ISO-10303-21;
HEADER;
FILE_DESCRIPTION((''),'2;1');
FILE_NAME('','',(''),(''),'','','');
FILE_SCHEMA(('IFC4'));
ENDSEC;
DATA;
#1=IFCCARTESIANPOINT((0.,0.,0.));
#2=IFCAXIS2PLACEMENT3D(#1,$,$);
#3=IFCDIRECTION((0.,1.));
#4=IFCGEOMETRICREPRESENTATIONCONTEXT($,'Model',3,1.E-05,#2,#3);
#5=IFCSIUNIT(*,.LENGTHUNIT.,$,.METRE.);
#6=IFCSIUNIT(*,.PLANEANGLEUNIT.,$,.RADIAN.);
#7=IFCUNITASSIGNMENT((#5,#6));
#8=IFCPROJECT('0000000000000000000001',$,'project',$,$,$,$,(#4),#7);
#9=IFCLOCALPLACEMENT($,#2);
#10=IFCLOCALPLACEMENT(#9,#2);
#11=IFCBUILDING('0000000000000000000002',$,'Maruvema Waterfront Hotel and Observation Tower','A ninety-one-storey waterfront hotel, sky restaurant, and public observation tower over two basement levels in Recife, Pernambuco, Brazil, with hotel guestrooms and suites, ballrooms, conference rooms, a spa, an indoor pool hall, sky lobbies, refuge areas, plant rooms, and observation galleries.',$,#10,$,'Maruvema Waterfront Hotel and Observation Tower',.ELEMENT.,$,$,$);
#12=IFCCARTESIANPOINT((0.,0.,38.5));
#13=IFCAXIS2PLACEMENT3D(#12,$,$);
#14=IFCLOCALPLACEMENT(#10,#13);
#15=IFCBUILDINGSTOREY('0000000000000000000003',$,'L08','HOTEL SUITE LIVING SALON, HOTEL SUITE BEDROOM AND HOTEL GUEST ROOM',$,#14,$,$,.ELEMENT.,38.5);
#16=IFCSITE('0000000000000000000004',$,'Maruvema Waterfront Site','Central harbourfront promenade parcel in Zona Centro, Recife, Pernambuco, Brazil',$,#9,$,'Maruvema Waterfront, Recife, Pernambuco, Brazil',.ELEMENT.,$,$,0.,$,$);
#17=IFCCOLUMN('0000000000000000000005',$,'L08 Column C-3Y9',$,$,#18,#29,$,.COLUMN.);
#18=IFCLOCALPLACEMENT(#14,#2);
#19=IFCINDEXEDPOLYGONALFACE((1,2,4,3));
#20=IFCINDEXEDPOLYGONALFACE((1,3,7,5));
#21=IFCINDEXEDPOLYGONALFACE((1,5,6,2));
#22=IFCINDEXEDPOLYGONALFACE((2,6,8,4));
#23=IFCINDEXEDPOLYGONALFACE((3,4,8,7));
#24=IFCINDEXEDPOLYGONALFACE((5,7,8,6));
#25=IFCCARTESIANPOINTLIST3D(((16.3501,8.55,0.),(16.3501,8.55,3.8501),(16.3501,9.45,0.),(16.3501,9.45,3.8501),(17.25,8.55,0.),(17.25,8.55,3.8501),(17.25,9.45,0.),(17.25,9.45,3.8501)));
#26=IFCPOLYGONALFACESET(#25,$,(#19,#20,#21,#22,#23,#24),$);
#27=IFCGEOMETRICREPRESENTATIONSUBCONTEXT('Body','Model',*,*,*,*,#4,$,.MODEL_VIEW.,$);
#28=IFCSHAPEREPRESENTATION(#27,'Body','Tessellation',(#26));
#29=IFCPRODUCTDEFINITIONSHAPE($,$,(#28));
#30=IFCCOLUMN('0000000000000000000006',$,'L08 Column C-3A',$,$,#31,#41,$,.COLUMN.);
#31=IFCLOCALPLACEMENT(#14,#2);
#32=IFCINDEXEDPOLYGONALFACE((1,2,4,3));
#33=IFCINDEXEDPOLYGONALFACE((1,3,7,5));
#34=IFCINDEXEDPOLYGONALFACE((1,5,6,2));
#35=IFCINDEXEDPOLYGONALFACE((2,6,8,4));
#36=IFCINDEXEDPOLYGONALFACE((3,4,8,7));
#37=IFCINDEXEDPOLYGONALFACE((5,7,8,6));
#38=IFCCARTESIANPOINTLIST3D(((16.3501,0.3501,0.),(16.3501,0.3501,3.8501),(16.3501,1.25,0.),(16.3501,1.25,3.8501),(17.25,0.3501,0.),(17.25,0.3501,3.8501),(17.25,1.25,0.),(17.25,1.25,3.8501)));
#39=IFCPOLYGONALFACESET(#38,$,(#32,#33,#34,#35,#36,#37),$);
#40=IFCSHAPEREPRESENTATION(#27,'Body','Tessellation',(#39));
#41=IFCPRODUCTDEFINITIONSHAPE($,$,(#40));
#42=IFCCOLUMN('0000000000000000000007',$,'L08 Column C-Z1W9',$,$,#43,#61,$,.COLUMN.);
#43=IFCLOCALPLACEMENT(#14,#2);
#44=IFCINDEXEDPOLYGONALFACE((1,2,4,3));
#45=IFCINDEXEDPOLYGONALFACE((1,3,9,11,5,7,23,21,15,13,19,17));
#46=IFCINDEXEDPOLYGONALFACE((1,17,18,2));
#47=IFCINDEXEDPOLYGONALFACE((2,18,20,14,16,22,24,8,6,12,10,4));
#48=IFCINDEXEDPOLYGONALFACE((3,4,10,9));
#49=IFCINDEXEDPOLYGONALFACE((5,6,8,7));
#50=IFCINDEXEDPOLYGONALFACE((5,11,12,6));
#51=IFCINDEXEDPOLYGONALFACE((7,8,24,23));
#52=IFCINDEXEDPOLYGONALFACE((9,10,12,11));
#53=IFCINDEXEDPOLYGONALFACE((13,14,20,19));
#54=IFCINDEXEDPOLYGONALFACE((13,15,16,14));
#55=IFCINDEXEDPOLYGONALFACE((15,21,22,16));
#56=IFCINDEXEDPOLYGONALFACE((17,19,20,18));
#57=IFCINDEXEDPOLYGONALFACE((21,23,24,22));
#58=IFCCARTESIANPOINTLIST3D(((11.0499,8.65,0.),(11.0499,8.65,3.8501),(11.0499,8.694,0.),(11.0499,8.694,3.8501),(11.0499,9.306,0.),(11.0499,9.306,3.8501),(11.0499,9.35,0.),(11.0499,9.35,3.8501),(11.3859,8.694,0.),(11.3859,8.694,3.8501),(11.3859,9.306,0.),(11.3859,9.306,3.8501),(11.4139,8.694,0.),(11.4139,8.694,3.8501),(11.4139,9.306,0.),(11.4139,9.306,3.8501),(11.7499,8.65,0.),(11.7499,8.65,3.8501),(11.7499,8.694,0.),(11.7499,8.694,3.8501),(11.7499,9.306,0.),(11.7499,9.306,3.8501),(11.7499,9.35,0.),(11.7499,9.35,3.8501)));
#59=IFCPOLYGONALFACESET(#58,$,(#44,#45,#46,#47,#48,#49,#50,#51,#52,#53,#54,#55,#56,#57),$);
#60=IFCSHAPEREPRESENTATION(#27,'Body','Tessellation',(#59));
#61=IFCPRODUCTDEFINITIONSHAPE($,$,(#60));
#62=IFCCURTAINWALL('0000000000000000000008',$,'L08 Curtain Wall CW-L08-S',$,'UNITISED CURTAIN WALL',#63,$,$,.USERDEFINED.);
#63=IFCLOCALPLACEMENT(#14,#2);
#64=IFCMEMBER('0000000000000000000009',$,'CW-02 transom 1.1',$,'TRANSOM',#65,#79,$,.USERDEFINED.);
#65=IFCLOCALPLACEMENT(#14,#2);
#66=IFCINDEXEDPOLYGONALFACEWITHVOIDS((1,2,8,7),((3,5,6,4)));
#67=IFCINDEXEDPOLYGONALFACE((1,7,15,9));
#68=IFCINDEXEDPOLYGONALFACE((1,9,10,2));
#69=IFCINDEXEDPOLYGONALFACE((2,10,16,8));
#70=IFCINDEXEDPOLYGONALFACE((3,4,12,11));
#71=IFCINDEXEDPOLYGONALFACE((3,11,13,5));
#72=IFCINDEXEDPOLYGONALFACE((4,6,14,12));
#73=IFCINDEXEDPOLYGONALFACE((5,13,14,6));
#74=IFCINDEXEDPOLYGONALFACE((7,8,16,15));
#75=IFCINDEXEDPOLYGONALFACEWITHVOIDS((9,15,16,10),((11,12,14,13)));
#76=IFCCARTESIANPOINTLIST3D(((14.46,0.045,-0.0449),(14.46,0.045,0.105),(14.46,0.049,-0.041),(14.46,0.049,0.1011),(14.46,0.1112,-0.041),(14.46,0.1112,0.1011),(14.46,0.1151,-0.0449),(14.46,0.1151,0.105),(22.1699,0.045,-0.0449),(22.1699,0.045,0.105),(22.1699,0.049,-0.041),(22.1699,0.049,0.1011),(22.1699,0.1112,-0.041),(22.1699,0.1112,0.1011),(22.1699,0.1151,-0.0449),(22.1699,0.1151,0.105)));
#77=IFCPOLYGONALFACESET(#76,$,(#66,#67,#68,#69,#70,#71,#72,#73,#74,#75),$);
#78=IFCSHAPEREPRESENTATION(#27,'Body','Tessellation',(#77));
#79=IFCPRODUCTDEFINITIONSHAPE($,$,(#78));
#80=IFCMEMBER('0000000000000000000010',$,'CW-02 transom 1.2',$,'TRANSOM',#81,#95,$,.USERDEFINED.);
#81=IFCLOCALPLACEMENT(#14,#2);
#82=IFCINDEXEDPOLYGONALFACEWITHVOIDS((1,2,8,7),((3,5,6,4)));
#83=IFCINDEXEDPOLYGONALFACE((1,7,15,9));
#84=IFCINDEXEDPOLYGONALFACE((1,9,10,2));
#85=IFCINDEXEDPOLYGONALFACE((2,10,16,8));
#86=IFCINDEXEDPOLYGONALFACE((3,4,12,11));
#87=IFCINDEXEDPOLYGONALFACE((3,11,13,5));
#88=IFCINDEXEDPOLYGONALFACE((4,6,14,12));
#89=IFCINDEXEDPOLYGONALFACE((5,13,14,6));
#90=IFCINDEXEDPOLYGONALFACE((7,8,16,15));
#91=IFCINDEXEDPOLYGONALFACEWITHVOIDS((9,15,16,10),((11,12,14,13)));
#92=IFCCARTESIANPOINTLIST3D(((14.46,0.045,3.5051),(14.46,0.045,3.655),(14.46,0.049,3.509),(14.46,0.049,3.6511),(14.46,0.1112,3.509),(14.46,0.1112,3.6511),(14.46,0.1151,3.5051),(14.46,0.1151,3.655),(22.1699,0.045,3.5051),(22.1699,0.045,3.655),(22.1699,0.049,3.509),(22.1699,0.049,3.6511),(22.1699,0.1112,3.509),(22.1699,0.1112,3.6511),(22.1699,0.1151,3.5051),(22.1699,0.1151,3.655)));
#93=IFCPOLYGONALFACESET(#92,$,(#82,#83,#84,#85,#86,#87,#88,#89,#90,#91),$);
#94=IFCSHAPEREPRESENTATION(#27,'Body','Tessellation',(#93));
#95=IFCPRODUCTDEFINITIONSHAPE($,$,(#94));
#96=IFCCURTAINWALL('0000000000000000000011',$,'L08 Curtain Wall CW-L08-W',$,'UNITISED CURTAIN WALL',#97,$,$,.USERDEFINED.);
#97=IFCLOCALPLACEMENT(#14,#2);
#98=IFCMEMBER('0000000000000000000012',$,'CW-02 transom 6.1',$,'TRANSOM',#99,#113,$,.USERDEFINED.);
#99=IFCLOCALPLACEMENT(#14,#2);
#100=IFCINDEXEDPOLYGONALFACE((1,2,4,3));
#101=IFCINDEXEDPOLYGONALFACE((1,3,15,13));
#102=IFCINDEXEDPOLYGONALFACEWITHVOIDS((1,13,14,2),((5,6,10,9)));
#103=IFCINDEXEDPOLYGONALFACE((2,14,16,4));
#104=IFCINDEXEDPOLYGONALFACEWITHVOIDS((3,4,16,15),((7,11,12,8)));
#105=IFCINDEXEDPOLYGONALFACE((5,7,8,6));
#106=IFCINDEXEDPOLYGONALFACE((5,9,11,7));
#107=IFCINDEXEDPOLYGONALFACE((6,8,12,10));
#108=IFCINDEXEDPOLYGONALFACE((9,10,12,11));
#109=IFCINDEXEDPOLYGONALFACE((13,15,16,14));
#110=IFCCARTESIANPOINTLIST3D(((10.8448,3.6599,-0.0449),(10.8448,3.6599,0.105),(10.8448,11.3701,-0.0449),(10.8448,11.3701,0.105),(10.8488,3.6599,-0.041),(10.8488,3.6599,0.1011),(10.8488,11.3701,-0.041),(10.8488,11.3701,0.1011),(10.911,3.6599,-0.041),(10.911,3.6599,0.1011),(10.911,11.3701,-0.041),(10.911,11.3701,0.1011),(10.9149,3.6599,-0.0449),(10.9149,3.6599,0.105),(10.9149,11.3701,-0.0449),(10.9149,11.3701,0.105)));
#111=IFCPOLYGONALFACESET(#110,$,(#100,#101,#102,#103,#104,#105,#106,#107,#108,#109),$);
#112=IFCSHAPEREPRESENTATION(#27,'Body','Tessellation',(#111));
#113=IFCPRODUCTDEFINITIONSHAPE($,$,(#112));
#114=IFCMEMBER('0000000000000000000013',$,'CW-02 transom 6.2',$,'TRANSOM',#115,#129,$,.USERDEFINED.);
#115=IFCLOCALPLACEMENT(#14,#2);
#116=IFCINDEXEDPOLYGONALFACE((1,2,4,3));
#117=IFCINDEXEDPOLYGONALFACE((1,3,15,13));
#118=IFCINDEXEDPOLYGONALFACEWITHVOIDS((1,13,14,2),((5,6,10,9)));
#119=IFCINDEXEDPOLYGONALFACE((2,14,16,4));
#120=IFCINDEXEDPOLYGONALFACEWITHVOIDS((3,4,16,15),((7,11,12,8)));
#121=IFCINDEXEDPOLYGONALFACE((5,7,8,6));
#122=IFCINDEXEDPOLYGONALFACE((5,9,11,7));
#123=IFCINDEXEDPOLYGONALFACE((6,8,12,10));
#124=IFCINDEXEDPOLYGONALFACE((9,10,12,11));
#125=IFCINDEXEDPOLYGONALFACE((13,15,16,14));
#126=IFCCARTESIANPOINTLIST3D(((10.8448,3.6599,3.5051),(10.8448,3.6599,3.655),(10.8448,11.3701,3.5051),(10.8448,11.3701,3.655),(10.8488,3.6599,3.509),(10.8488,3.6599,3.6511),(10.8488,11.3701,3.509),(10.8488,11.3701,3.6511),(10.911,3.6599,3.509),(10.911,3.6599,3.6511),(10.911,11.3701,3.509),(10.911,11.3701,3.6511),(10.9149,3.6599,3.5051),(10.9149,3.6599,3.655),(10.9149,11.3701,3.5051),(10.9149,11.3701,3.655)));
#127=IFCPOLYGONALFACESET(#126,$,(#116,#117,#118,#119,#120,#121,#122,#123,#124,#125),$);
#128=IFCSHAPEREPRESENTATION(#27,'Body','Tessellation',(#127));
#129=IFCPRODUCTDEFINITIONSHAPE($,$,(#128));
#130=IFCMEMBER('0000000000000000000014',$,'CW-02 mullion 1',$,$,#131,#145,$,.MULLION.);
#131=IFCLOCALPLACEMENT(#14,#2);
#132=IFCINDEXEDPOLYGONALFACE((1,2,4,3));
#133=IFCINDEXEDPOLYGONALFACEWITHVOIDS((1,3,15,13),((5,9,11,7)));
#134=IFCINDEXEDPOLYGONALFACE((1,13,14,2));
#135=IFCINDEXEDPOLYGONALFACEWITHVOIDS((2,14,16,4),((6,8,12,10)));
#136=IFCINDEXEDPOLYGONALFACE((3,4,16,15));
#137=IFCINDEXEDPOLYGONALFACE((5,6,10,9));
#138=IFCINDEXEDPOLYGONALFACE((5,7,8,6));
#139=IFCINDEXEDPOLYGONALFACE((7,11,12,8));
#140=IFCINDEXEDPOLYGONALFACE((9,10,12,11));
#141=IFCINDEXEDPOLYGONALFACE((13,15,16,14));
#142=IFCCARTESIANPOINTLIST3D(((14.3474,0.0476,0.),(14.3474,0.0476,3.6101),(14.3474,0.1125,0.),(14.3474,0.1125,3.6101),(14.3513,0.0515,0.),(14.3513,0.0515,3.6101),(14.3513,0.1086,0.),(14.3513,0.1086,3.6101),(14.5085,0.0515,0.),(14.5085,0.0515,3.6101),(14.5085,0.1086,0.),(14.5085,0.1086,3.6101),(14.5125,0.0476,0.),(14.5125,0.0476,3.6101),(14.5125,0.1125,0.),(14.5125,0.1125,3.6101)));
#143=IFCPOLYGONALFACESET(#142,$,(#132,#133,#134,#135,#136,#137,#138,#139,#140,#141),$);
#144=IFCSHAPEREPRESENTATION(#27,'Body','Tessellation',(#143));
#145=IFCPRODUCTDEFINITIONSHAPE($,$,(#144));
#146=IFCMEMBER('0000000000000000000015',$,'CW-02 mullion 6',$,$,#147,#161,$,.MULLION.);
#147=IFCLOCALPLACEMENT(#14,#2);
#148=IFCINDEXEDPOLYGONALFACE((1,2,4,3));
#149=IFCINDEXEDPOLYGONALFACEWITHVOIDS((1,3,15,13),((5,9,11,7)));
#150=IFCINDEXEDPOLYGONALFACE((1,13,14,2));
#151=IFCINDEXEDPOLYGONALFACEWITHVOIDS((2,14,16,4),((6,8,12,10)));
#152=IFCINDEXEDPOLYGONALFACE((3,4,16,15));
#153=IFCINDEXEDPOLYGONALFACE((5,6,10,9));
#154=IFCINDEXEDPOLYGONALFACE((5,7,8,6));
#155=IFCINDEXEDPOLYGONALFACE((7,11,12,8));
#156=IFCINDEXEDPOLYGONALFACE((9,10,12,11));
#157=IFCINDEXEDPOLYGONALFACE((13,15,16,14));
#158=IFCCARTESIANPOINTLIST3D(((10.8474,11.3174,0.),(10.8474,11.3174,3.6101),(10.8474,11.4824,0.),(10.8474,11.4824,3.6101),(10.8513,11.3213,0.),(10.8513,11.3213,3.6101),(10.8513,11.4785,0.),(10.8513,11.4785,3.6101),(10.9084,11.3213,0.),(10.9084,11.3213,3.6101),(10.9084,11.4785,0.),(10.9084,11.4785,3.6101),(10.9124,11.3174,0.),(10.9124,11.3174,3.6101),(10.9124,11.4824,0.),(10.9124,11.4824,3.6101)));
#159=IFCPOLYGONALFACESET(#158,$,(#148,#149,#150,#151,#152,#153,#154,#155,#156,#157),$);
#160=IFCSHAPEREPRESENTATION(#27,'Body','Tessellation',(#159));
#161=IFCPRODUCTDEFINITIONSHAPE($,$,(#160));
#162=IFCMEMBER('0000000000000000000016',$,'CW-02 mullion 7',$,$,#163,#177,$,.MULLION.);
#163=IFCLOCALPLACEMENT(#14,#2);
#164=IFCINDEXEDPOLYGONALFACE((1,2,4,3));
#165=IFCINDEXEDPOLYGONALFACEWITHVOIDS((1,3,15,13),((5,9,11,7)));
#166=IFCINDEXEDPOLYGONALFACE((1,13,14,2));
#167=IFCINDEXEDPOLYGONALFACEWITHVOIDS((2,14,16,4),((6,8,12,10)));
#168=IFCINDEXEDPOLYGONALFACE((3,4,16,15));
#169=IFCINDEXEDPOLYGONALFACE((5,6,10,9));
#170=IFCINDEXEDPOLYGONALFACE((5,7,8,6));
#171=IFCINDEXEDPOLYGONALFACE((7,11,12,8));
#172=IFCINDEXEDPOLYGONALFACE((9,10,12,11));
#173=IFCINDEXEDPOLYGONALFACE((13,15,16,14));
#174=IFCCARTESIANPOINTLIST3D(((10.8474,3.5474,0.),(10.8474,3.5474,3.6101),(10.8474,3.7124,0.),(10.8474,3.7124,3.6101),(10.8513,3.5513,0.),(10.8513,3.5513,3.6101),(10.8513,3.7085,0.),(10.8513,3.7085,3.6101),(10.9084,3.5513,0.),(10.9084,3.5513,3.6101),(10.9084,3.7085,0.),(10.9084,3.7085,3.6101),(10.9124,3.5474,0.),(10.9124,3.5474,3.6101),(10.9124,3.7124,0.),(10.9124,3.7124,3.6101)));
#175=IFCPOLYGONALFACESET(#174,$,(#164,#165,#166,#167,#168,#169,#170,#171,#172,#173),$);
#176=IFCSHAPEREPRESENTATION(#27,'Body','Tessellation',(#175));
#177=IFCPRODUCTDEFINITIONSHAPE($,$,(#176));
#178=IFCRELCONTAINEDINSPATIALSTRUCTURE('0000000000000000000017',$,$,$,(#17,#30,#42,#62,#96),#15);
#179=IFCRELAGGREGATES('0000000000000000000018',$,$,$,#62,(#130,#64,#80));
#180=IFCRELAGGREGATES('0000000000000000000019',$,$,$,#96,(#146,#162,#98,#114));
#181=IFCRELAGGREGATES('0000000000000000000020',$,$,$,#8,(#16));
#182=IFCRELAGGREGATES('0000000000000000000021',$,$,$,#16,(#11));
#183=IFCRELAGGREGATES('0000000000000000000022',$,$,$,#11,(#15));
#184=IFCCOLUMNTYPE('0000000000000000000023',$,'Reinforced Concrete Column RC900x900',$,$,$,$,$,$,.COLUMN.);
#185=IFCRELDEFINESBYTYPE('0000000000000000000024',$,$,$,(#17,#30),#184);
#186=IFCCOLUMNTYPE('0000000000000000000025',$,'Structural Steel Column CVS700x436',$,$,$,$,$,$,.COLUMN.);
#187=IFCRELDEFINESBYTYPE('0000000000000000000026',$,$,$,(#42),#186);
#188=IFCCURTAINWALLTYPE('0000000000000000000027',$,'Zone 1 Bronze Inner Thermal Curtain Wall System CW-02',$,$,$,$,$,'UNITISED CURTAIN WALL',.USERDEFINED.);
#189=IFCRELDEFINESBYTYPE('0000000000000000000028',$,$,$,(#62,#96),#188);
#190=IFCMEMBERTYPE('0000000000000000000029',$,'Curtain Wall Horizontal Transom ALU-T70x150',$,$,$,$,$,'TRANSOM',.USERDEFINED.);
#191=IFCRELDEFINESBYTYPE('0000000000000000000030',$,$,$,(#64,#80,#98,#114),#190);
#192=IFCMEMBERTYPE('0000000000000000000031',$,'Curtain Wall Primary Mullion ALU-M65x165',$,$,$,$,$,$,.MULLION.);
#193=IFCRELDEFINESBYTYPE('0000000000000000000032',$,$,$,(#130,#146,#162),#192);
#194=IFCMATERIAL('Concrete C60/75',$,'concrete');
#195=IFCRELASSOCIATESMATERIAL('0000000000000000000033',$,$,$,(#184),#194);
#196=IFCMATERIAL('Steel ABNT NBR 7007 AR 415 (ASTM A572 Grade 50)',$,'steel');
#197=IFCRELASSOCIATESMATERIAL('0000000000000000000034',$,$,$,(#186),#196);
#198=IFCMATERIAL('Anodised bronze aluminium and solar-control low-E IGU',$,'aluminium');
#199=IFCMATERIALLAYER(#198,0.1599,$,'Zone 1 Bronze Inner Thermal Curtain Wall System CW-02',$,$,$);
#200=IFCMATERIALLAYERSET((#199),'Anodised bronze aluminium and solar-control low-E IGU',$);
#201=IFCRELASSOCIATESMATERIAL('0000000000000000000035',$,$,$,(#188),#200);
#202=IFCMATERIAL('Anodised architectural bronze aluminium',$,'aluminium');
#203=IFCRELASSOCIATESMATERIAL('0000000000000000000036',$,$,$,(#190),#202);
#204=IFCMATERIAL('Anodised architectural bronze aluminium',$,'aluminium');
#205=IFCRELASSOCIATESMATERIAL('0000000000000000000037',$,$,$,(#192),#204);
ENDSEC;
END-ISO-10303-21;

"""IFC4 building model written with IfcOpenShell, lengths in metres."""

from ifc_helpers import new_model, si_unit, direction, frame, origin, origin_2d, place, context, subcontext, project, spatial, rectangle, hollow_rectangle, i_section, extrude, material, layer, layer_set, material_profile, profile_set, type_object, element, aggregate, save


model = new_model("IFC4")

# Units and contexts
model_context = context("Model", 3, precision=1e-05, world=origin(), true_north=direction((0.0, 1.0)))
body_context = subcontext(model_context, "Body", "Model", "MODEL_VIEW")
ifc_project = project(units=[si_unit("LENGTHUNIT", "METRE"), si_unit("PLANEANGLEUNIT", "RADIAN")], contexts=[model_context])

# Site, building, storey
site_placement = place(None, origin())
site = spatial("IfcSite", under=ifc_project, at=site_placement, Name="Maruvema Waterfront Site", Description="Central harbourfront promenade parcel in Zona Centro, Recife, Pernambuco, Brazil", LongName="Maruvema Waterfront, Recife, Pernambuco, Brazil", CompositionType="ELEMENT", RefElevation=0.0)
building_placement = place(site_placement, origin())
building = spatial("IfcBuilding", under=site, at=building_placement, Name="Maruvema Waterfront Hotel and Observation Tower", Description="A ninety-one-storey waterfront hotel, sky restaurant, and public observation tower over two basement levels in Recife, Pernambuco, Brazil, with hotel guestrooms and suites, ballrooms, conference rooms, a spa, an indoor pool hall, sky lobbies, refuge areas, plant rooms, and observation galleries.", LongName="Maruvema Waterfront Hotel and Observation Tower", CompositionType="ELEMENT")
storey_placement = place(building_placement, frame((0.0, 0.0, 38.5)))
storey = spatial("IfcBuildingStorey", under=building, at=storey_placement, Name="L08", Description="HOTEL SUITE LIVING SALON, HOTEL SUITE BEDROOM AND HOTEL GUEST ROOM", CompositionType="ELEMENT", Elevation=38.5)

# Columns
ifc_material_1 = material(Name="Concrete C60/75", Category="concrete")
ifc_material_profile_1 = material_profile(ifc_material_1, rectangle(XDim=0.8999, YDim=0.8999, at=origin_2d()), Name="RC900x900")
ifc_profile_set_1 = profile_set([ifc_material_profile_1], Name="Concrete C60/75")
column_type_1 = type_object("IfcColumnType", Name="Reinforced Concrete Column RC900x900", PredefinedType="COLUMN", material=ifc_profile_set_1)
for number, where, z_axis, x_axis, name in (
    (1, (16.8, 9.0, 0.0), (0.0, 0.0, 1.0), (1.0, 0.0, 0.0), "L08 Column C-3Y9"),
    (2, (16.8, 0.8, 0.0), (0.0, 0.0, 1.0), (1.0, 0.0, 0.0), "L08 Column C-3A"),
):
    element("IfcColumn", number, at=place(storey_placement, frame(where, z_axis=z_axis, x_axis=x_axis)), inside=storey, type_object=column_type_1, Name=name, PredefinedType="COLUMN", context=body_context, shape_type="SweptSolid", body=[
        extrude(rectangle(XDim=0.8999, YDim=0.8999, at=origin_2d()), origin(), (0.0, 0.0, 1.0), 3.8501),
    ])
ifc_material_2 = material(Name="Steel ABNT NBR 7007 AR 415 (ASTM A572 Grade 50)", Category="steel")
ifc_material_profile_2 = material_profile(ifc_material_2, i_section(OverallWidth=0.7, OverallDepth=0.7, WebThickness=0.0281, FlangeThickness=0.0439, at=origin_2d()), Name="CVS700x436")
ifc_profile_set_2 = profile_set([ifc_material_profile_2], Name="Steel ABNT NBR 7007 AR 415 (ASTM A572 Grade 50)")
column_type_2 = type_object("IfcColumnType", Name="Structural Steel Column CVS700x436", PredefinedType="COLUMN", material=ifc_profile_set_2)
column_placement = place(storey_placement, frame((11.3999, 9.0, 0.0), z_axis=(0.0, 0.0, 1.0), x_axis=(1.0, 0.0, 0.0)))
element("IfcColumn", 3, at=column_placement, inside=storey, type_object=column_type_2, Name="L08 Column C-Z1W9", PredefinedType="COLUMN", context=body_context, shape_type="SweptSolid", body=[
    extrude(i_section(OverallWidth=0.7, OverallDepth=0.7, WebThickness=0.0281, FlangeThickness=0.0439, at=origin_2d()), origin(), (0.0, 0.0, 1.0), 3.8501),
])

# Curtain walls, members
ifc_material_3 = material(Name="Anodised bronze aluminium and solar-control low-E IGU", Category="aluminium")
ifc_layer_1 = layer(ifc_material_3, 0.1599, Name="Zone 1 Bronze Inner Thermal Curtain Wall System CW-02")
ifc_layer_set_1 = layer_set([ifc_layer_1], Name="Anodised bronze aluminium and solar-control low-E IGU")
curtain_wall_type = type_object("IfcCurtainWallType", Name="Zone 1 Bronze Inner Thermal Curtain Wall System CW-02", ElementType="UNITISED CURTAIN WALL", PredefinedType="USERDEFINED", material=ifc_layer_set_1)
curtain_wall_1_placement = place(storey_placement, origin())
curtain_wall_1 = element("IfcCurtainWall", 4, at=curtain_wall_1_placement, inside=storey, type_object=curtain_wall_type, Name="L08 Curtain Wall CW-L08-S", ObjectType="UNITISED CURTAIN WALL", PredefinedType="USERDEFINED")
ifc_material_4 = material(Name="Anodised architectural bronze aluminium", Category="aluminium")
ifc_material_profile_3 = material_profile(ifc_material_4, hollow_rectangle(XDim=0.0701, YDim=0.1499, WallThickness=0.0039, at=origin_2d()), Name="ALU-T70x150")
ifc_profile_set_3 = profile_set([ifc_material_profile_3], Name="Anodised architectural bronze aluminium")
member_type_1 = type_object("IfcMemberType", Name="Curtain Wall Horizontal Transom ALU-T70x150", ElementType="TRANSOM", PredefinedType="USERDEFINED", material=ifc_profile_set_3)
member_1_placement = place(storey_placement, frame((14.46, 0.0801, 0.03), z_axis=(1.0, 0.0, 0.0), x_axis=(0.0, 1.0, 0.0)))
member_1 = element("IfcMember", 5, at=member_1_placement, type_object=member_type_1, Name="CW-02 transom 1.1", ObjectType="TRANSOM", PredefinedType="USERDEFINED", context=body_context, shape_type="SweptSolid", body=[
    extrude(hollow_rectangle(XDim=0.0701, YDim=0.1499, WallThickness=0.0039, at=origin_2d()), origin(), (0.0, 0.0, 1.0), 7.71),
])
member_2_placement = place(storey_placement, frame((14.46, 0.0801, 3.5801), z_axis=(1.0, 0.0, 0.0), x_axis=(0.0, 1.0, 0.0)))
member_2 = element("IfcMember", 6, at=member_2_placement, type_object=member_type_1, Name="CW-02 transom 1.2", ObjectType="TRANSOM", PredefinedType="USERDEFINED", context=body_context, shape_type="SweptSolid", body=[
    extrude(hollow_rectangle(XDim=0.0701, YDim=0.1499, WallThickness=0.0039, at=origin_2d()), origin(), (0.0, 0.0, 1.0), 7.71),
])
curtain_wall_2_placement = place(storey_placement, origin())
curtain_wall_2 = element("IfcCurtainWall", 7, at=curtain_wall_2_placement, inside=storey, type_object=curtain_wall_type, Name="L08 Curtain Wall CW-L08-W", ObjectType="UNITISED CURTAIN WALL", PredefinedType="USERDEFINED")
member_3_placement = place(storey_placement, frame((10.8799, 11.3701, 0.03), z_axis=(0.0, -1.0, 0.0), x_axis=(1.0, 0.0, 0.0)))
member_3 = element("IfcMember", 8, at=member_3_placement, type_object=member_type_1, Name="CW-02 transom 6.1", ObjectType="TRANSOM", PredefinedType="USERDEFINED", context=body_context, shape_type="SweptSolid", body=[
    extrude(hollow_rectangle(XDim=0.0701, YDim=0.1499, WallThickness=0.0039, at=origin_2d()), origin(), (0.0, 0.0, 1.0), 7.7102),
])
member_4_placement = place(storey_placement, frame((10.8799, 11.3701, 3.5801), z_axis=(0.0, -1.0, 0.0), x_axis=(1.0, 0.0, 0.0)))
member_4 = element("IfcMember", 9, at=member_4_placement, type_object=member_type_1, Name="CW-02 transom 6.2", ObjectType="TRANSOM", PredefinedType="USERDEFINED", context=body_context, shape_type="SweptSolid", body=[
    extrude(hollow_rectangle(XDim=0.0701, YDim=0.1499, WallThickness=0.0039, at=origin_2d()), origin(), (0.0, 0.0, 1.0), 7.7102),
])

# Members
ifc_material_5 = material(Name="Anodised architectural bronze aluminium", Category="aluminium")
ifc_material_profile_4 = material_profile(ifc_material_5, hollow_rectangle(XDim=0.0649, YDim=0.165, WallThickness=0.0039, at=origin_2d()), Name="ALU-M65x165")
ifc_profile_set_4 = profile_set([ifc_material_profile_4], Name="Anodised architectural bronze aluminium")
member_type_2 = type_object("IfcMemberType", Name="Curtain Wall Primary Mullion ALU-M65x165", PredefinedType="MULLION", material=ifc_profile_set_4)
member_5_placement = place(storey_placement, frame((14.4299, 0.0801, 0.0), z_axis=(0.0, 0.0, 1.0), x_axis=(0.0, 1.0, 0.0)))
member_5 = element("IfcMember", 10, at=member_5_placement, type_object=member_type_2, Name="CW-02 mullion 1", PredefinedType="MULLION", context=body_context, shape_type="SweptSolid", body=[
    extrude(hollow_rectangle(XDim=0.0649, YDim=0.165, WallThickness=0.0039, at=origin_2d()), origin(), (0.0, 0.0, 1.0), 3.6101),
])
member_6_placement = place(storey_placement, frame((10.8799, 11.3999, 0.0), z_axis=(0.0, 0.0, 1.0), x_axis=(1.0, 0.0, 0.0)))
member_6 = element("IfcMember", 11, at=member_6_placement, type_object=member_type_2, Name="CW-02 mullion 6", PredefinedType="MULLION", context=body_context, shape_type="SweptSolid", body=[
    extrude(hollow_rectangle(XDim=0.0649, YDim=0.165, WallThickness=0.0039, at=origin_2d()), origin(), (0.0, 0.0, 1.0), 3.6101),
])
member_7_placement = place(storey_placement, frame((10.8799, 3.6299, 0.0), z_axis=(0.0, 0.0, 1.0), x_axis=(1.0, 0.0, 0.0)))
member_7 = element("IfcMember", 12, at=member_7_placement, type_object=member_type_2, Name="CW-02 mullion 7", PredefinedType="MULLION", context=body_context, shape_type="SweptSolid", body=[
    extrude(hollow_rectangle(XDim=0.0649, YDim=0.165, WallThickness=0.0039, at=origin_2d()), origin(), (0.0, 0.0, 1.0), 3.6101),
])

aggregate(curtain_wall_1, [member_5, member_1, member_2])
aggregate(curtain_wall_2, [member_6, member_7, member_3, member_4])

save(model, "model.ifc")
